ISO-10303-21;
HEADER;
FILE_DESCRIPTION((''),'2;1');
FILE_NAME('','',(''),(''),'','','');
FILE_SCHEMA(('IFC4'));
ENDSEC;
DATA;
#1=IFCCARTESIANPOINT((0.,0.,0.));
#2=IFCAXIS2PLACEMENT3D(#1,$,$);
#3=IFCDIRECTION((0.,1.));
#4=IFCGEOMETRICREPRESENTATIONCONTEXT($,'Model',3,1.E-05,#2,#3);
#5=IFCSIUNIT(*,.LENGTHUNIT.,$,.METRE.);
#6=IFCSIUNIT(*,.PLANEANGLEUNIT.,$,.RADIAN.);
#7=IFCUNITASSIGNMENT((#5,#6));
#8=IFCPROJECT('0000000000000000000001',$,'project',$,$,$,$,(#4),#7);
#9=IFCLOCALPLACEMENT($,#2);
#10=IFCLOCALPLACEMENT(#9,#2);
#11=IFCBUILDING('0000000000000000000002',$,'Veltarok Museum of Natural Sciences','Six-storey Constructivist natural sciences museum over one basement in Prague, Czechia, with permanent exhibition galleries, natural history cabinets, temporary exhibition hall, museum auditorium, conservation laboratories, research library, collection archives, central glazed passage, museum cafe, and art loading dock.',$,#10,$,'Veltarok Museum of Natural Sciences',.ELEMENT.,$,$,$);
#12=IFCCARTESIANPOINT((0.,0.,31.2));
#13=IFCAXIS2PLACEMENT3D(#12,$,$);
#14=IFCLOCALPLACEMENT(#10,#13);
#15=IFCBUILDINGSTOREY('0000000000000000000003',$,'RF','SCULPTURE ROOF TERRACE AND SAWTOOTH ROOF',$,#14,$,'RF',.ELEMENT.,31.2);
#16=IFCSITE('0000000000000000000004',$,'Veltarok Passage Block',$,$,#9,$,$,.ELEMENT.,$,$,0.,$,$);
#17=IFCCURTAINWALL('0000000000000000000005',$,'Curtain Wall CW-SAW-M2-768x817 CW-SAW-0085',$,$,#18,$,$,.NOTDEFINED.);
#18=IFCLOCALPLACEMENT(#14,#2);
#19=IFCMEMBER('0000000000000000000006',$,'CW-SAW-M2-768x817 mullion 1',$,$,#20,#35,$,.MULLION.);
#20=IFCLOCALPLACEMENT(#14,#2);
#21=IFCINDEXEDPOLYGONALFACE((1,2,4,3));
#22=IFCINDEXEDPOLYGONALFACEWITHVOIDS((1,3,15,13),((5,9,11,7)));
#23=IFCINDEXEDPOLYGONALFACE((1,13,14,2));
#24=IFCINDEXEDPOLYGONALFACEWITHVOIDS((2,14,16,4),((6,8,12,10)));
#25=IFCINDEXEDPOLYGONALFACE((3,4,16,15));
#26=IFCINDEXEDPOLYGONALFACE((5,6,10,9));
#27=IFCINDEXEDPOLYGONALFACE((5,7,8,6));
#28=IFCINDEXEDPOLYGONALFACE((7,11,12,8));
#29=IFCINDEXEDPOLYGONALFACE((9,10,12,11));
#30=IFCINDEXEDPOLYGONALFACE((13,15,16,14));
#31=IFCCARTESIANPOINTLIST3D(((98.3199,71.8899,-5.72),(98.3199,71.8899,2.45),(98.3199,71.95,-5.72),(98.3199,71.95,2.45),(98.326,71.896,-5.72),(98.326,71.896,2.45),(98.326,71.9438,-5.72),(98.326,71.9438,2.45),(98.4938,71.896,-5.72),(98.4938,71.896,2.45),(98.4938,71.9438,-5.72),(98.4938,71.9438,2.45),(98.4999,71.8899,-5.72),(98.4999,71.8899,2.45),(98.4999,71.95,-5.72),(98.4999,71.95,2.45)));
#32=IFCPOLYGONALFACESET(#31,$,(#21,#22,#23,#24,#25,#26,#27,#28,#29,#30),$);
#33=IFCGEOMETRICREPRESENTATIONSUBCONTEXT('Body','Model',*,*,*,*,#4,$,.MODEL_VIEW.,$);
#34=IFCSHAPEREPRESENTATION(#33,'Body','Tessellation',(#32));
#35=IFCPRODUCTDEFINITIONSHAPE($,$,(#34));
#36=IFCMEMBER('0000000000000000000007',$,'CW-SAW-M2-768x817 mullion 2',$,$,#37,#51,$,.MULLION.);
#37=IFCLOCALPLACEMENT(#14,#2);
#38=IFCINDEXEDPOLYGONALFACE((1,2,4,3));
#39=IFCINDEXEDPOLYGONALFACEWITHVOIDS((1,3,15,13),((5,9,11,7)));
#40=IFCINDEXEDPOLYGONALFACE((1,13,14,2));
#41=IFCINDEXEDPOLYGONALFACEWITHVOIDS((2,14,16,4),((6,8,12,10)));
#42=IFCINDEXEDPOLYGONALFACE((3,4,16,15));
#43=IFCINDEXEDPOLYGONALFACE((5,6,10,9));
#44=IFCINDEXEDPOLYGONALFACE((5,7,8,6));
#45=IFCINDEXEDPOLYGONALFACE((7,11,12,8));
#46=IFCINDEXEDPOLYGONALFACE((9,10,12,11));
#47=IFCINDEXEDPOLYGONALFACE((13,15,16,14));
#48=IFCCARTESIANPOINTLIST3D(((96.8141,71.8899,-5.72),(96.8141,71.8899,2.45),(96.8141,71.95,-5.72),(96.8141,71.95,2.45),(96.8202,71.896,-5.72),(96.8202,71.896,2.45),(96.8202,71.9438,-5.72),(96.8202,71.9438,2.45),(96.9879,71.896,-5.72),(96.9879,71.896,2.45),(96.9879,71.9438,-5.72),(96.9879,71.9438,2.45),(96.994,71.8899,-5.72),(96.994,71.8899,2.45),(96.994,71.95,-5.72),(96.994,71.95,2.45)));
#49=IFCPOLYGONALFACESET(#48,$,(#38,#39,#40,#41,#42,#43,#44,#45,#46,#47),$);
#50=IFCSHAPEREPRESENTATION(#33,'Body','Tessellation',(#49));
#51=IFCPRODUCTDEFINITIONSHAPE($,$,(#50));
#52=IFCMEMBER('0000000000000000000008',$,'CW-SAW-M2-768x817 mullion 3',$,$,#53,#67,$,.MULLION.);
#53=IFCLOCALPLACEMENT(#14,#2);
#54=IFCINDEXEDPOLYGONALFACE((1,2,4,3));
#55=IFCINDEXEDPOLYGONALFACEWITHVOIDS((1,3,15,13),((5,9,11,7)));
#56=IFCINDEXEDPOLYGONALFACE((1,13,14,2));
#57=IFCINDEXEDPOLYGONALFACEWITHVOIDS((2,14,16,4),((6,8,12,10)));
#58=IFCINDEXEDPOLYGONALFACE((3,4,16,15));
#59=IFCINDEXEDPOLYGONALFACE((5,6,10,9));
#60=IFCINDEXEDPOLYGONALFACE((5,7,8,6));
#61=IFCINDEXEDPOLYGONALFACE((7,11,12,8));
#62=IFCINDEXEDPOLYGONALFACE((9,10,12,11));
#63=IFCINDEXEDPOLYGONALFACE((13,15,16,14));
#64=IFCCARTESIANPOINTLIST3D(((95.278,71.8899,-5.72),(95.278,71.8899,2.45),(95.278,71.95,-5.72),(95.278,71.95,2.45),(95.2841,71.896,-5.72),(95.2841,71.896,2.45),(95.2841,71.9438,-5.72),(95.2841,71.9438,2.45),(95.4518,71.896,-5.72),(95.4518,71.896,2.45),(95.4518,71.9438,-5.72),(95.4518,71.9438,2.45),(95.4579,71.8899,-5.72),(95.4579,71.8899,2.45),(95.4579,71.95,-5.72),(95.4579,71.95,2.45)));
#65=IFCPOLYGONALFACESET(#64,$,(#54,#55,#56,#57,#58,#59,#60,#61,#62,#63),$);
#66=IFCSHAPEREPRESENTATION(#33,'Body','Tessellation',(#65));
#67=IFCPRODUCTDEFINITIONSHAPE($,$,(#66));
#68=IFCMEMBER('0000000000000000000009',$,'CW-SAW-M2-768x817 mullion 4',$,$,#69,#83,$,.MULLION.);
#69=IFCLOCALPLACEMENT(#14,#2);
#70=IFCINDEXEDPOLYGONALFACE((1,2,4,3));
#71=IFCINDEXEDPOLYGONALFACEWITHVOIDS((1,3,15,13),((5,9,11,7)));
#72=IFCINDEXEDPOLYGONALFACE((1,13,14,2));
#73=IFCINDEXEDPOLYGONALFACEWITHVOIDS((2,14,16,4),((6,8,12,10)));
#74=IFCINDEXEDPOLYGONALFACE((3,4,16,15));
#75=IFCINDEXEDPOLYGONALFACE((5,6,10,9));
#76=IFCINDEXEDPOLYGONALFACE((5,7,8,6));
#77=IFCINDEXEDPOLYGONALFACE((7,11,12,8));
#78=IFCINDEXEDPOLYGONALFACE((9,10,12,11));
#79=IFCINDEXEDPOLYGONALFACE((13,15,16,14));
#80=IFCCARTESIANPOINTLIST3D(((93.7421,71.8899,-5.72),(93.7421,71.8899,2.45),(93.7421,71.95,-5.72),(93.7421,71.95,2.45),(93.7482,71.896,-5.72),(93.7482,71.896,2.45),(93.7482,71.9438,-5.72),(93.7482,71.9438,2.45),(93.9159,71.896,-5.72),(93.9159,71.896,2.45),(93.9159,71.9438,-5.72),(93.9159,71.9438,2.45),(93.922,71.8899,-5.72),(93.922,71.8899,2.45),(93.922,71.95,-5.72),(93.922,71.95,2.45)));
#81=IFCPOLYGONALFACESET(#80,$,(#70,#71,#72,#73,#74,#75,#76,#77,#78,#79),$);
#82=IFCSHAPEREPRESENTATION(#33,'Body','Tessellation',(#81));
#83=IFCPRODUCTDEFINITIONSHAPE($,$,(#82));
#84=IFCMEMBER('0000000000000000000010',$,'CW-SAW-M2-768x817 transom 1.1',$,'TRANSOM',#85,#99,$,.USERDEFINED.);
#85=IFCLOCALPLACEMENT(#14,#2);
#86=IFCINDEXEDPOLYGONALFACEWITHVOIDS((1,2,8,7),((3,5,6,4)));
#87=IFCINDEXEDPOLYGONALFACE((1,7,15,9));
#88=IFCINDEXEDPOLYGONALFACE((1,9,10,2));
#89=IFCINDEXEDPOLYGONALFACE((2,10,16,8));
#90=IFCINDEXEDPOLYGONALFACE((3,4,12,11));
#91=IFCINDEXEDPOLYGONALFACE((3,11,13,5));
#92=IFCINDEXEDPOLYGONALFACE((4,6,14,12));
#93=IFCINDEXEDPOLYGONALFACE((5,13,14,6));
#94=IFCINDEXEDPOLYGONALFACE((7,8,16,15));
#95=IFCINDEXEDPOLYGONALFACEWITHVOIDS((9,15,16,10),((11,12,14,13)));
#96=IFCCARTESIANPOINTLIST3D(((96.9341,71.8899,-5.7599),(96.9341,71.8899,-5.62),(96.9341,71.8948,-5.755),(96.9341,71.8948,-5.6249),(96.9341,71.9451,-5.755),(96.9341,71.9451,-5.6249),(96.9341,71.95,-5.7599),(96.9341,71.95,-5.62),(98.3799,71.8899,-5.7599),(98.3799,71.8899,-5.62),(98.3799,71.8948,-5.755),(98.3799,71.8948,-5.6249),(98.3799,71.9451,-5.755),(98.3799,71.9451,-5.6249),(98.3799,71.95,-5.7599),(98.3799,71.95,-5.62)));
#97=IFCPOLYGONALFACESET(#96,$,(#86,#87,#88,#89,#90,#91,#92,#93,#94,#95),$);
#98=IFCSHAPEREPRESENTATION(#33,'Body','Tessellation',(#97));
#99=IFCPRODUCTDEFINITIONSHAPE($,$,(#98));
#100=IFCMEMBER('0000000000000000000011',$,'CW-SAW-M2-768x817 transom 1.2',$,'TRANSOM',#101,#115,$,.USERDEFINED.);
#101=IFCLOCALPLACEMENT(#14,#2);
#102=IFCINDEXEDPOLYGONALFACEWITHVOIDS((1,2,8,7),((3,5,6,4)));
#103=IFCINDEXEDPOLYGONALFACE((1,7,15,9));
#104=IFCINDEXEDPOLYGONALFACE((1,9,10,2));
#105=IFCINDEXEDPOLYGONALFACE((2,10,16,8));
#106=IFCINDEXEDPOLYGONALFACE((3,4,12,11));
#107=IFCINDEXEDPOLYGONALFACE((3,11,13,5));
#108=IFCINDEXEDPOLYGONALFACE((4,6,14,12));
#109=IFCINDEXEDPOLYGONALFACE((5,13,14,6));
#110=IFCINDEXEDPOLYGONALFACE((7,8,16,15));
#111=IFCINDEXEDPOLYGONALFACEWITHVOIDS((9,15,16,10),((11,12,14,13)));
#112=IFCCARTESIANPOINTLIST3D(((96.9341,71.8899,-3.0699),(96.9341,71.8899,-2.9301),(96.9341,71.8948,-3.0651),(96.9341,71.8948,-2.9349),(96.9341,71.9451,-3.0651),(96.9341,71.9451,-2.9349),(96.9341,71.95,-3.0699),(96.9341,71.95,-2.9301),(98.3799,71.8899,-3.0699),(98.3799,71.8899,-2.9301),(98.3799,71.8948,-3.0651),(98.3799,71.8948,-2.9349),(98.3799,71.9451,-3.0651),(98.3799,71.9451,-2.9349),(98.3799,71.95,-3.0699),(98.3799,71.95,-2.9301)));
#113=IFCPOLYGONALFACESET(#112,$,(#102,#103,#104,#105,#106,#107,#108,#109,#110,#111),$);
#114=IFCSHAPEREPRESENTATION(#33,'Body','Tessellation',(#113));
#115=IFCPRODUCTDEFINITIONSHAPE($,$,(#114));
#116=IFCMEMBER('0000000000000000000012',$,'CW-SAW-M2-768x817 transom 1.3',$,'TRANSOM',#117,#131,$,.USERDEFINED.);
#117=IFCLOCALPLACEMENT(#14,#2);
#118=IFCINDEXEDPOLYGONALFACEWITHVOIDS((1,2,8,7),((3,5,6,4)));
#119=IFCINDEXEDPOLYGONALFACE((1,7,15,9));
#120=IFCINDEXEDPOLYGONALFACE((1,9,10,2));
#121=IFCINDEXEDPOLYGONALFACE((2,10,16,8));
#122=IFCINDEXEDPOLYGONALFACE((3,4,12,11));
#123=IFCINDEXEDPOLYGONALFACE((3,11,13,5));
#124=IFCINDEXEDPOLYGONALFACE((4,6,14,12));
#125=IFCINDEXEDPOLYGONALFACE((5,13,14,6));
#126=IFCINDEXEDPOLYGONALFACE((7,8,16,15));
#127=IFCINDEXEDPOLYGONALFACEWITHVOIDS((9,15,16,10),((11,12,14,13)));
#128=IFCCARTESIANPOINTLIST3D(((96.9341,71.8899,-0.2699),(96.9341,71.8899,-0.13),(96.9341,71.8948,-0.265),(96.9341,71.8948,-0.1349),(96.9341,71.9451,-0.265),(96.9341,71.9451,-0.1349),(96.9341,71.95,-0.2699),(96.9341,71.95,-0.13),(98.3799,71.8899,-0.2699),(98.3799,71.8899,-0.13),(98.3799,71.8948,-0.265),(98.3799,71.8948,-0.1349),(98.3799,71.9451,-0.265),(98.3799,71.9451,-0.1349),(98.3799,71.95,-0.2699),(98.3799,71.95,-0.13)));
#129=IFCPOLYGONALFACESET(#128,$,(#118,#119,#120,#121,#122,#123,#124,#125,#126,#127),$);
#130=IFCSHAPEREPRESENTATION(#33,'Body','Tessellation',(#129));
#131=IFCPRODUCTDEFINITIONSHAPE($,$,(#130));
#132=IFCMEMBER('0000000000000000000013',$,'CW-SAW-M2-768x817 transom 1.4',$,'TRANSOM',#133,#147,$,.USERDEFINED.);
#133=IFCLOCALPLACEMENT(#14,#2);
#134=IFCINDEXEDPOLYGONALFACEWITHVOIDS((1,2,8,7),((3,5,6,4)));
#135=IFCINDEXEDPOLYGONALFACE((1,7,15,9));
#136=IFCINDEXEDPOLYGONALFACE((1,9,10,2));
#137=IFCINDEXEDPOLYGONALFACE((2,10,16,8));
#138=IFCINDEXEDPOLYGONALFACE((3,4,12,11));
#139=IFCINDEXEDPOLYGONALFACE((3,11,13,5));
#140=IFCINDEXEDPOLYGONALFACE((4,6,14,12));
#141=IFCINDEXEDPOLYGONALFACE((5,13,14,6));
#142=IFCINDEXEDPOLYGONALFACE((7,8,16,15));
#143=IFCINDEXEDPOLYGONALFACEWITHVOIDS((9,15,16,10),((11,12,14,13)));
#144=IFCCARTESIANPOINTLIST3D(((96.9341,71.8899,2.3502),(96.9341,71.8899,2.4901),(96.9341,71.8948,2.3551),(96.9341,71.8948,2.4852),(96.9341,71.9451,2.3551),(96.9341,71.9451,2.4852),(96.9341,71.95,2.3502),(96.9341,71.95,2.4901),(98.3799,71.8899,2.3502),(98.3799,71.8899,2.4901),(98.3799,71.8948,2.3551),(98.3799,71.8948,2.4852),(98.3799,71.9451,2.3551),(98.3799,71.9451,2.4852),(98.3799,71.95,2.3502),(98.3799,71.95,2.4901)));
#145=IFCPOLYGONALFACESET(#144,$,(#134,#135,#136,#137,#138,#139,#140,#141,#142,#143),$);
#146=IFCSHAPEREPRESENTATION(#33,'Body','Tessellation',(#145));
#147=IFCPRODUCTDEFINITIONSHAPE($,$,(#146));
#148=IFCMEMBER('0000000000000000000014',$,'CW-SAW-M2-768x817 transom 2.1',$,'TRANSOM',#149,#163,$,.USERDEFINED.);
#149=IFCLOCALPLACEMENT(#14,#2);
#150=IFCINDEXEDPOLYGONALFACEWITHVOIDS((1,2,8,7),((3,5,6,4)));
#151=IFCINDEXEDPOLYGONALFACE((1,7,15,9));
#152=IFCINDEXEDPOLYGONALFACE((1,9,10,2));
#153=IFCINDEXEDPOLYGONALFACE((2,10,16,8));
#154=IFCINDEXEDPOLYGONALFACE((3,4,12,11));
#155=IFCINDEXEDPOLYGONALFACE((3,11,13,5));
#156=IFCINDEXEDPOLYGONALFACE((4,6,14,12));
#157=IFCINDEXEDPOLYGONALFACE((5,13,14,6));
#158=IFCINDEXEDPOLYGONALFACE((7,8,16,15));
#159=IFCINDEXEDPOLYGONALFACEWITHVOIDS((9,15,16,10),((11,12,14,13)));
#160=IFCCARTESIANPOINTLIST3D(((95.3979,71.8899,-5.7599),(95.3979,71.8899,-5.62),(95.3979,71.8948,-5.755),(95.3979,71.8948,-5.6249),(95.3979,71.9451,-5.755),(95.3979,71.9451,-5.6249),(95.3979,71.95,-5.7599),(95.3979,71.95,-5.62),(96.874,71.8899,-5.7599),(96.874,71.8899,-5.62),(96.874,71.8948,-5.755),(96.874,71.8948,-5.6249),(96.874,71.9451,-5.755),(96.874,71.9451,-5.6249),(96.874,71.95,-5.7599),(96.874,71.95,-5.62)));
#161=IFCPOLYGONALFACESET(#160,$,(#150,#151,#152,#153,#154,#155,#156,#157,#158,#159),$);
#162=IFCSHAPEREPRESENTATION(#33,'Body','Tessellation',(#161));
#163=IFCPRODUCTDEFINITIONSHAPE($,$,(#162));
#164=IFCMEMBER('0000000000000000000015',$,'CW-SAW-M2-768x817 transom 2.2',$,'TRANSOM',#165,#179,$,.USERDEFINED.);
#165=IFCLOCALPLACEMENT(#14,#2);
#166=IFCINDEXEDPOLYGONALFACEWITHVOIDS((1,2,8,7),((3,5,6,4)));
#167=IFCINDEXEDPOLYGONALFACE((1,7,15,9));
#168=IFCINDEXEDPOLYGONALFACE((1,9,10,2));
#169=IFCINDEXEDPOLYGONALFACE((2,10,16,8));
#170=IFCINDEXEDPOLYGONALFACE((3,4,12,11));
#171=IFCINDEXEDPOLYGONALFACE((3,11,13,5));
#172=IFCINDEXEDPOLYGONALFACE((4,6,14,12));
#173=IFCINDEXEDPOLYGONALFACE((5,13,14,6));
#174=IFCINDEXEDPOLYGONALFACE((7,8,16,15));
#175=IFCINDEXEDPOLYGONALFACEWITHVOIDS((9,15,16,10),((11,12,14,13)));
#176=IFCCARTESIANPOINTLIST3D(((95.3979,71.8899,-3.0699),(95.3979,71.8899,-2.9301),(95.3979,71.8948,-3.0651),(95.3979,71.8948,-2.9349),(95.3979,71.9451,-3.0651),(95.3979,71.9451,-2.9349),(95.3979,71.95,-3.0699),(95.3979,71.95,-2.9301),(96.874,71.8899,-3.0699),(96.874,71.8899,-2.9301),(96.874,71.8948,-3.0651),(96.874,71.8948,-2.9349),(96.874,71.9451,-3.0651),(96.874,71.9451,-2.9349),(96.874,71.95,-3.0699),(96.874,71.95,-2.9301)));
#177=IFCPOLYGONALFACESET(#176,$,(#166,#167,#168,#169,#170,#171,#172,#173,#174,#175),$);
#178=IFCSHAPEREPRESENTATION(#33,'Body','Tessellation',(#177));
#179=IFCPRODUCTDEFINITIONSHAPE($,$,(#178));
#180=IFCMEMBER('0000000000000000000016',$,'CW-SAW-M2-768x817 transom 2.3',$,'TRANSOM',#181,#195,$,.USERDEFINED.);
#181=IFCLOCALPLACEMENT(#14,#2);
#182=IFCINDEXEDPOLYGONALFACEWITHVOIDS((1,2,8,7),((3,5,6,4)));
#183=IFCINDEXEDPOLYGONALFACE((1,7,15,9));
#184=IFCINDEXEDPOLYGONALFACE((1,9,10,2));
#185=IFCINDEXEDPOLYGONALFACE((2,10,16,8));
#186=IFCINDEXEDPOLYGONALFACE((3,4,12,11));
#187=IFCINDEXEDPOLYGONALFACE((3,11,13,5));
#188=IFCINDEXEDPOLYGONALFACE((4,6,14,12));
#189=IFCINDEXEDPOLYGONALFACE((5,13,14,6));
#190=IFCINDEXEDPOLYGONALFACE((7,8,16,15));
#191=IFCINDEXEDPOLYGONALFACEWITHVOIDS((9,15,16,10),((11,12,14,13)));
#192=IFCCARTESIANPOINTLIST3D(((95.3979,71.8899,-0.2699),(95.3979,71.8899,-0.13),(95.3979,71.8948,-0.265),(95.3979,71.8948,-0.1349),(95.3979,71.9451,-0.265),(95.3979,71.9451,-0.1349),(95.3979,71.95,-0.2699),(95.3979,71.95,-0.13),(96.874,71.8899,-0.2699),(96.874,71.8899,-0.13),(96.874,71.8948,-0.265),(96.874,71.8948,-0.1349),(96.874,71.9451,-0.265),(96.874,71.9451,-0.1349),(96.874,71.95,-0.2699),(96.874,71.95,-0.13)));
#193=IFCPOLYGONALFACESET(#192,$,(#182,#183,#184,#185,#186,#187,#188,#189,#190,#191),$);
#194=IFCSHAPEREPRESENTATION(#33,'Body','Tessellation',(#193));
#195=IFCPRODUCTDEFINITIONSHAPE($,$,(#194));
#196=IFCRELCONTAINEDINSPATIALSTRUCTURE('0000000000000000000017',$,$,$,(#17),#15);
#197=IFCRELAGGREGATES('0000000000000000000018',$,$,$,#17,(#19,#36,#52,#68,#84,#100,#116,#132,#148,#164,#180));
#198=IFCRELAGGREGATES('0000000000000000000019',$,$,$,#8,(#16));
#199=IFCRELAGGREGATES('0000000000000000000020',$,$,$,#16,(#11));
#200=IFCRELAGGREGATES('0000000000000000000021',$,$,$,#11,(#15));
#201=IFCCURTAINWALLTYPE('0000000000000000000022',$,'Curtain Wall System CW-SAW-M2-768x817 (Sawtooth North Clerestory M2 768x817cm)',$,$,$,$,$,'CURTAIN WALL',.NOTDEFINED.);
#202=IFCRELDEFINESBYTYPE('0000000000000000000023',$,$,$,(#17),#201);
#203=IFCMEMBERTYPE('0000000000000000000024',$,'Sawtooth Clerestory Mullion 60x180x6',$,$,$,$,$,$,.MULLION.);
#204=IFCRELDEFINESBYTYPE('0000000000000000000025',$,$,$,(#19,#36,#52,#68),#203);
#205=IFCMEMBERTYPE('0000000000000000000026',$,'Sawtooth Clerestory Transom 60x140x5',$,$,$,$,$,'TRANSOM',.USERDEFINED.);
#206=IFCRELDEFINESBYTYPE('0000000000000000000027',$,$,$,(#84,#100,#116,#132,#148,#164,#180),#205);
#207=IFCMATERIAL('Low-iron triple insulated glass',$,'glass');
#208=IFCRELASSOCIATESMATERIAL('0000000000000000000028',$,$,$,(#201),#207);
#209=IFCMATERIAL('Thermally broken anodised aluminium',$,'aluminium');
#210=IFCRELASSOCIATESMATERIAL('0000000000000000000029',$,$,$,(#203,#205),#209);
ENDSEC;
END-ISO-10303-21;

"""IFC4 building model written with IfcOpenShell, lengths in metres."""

from ifc_helpers import new_model, si_unit, direction, frame, origin, origin_2d, place, context, subcontext, project, spatial, hollow_rectangle, extrude, material, material_profile, profile_set, type_object, element, aggregate, save


model = new_model("IFC4")

# Units and contexts
model_context = context("Model", 3, precision=1e-05, world=origin(), true_north=direction((0.0, 1.0)))
body_context = subcontext(model_context, "Body", "Model", "MODEL_VIEW")
ifc_project = project(units=[si_unit("LENGTHUNIT", "METRE"), si_unit("PLANEANGLEUNIT", "RADIAN")], contexts=[model_context])

# Site, building, storey
site_placement = place(None, origin())
site = spatial("IfcSite", under=ifc_project, at=site_placement, Name="Veltarok Passage Block", CompositionType="ELEMENT", RefElevation=0.0)
building_placement = place(site_placement, origin())
building = spatial("IfcBuilding", under=site, at=building_placement, Name="Veltarok Museum of Natural Sciences", Description="Six-storey Constructivist natural sciences museum over one basement in Prague, Czechia, with permanent exhibition galleries, natural history cabinets, temporary exhibition hall, museum auditorium, conservation laboratories, research library, collection archives, central glazed passage, museum cafe, and art loading dock.", LongName="Veltarok Museum of Natural Sciences", CompositionType="ELEMENT")
storey_placement = place(building_placement, frame((0.0, 0.0, 31.2)))
storey = spatial("IfcBuildingStorey", under=building, at=storey_placement, Name="RF", Description="SCULPTURE ROOF TERRACE AND SAWTOOTH ROOF", LongName="RF", CompositionType="ELEMENT", Elevation=31.2)

# Curtain wall, members
ifc_material_1 = material(Name="Low-iron triple insulated glass", Category="glass")
curtain_wall_type = type_object("IfcCurtainWallType", Name="Curtain Wall System CW-SAW-M2-768x817 (Sawtooth North Clerestory M2 768x817cm)", ElementType="CURTAIN WALL", PredefinedType="NOTDEFINED", material=ifc_material_1)
curtain_wall_placement = place(storey_placement, origin())
curtain_wall = element("IfcCurtainWall", 1, at=curtain_wall_placement, inside=storey, type_object=curtain_wall_type, Name="Curtain Wall CW-SAW-M2-768x817 CW-SAW-0085", PredefinedType="NOTDEFINED")
ifc_material_2 = material(Name="Thermally broken anodised aluminium", Category="aluminium")
ifc_material_profile_1 = material_profile(ifc_material_2, hollow_rectangle(XDim=0.0601, YDim=0.1799, WallThickness=0.0061, at=origin_2d()), Name="CW MULLION 60x180x6")
ifc_profile_set_1 = profile_set([ifc_material_profile_1], Name="Thermally broken anodised aluminium")
member_type_1 = type_object("IfcMemberType", Name="Sawtooth Clerestory Mullion 60x180x6", PredefinedType="MULLION", material=ifc_profile_set_1)
member_1_placement = place(storey_placement, frame((98.4099, 71.9199, -5.72), z_axis=(0.0, 0.0, 1.0), x_axis=(0.0, -1.0, 0.0)))
member_1 = element("IfcMember", 2, at=member_1_placement, type_object=member_type_1, Name="CW-SAW-M2-768x817 mullion 1", PredefinedType="MULLION", context=body_context, shape_type="SweptSolid", body=[
    extrude(hollow_rectangle(XDim=0.0601, YDim=0.1799, WallThickness=0.0061, at=origin_2d()), origin(), (0.0, 0.0, 1.0), 8.1699),
])
member_2_placement = place(storey_placement, frame((96.9041, 71.9199, -5.72), z_axis=(0.0, 0.0, 1.0), x_axis=(0.0, -1.0, 0.0)))
member_2 = element("IfcMember", 3, at=member_2_placement, type_object=member_type_1, Name="CW-SAW-M2-768x817 mullion 2", PredefinedType="MULLION", context=body_context, shape_type="SweptSolid", body=[
    extrude(hollow_rectangle(XDim=0.0601, YDim=0.1799, WallThickness=0.0061, at=origin_2d()), origin(), (0.0, 0.0, 1.0), 8.1699),
])
member_3_placement = place(storey_placement, frame((95.3679, 71.9199, -5.72), z_axis=(0.0, 0.0, 1.0), x_axis=(0.0, -1.0, 0.0)))
member_3 = element("IfcMember", 4, at=member_3_placement, type_object=member_type_1, Name="CW-SAW-M2-768x817 mullion 3", PredefinedType="MULLION", context=body_context, shape_type="SweptSolid", body=[
    extrude(hollow_rectangle(XDim=0.0601, YDim=0.1799, WallThickness=0.0061, at=origin_2d()), origin(), (0.0, 0.0, 1.0), 8.1699),
])
member_4_placement = place(storey_placement, frame((93.832, 71.9199, -5.72), z_axis=(0.0, 0.0, 1.0), x_axis=(0.0, -1.0, 0.0)))
member_4 = element("IfcMember", 5, at=member_4_placement, type_object=member_type_1, Name="CW-SAW-M2-768x817 mullion 4", PredefinedType="MULLION", context=body_context, shape_type="SweptSolid", body=[
    extrude(hollow_rectangle(XDim=0.0601, YDim=0.1799, WallThickness=0.0061, at=origin_2d()), origin(), (0.0, 0.0, 1.0), 8.1699),
])
ifc_material_profile_2 = material_profile(ifc_material_2, hollow_rectangle(XDim=0.0601, YDim=0.1399, WallThickness=0.0049, at=origin_2d()), Name="CW TRANSOM 60x140x5")
ifc_profile_set_2 = profile_set([ifc_material_profile_2], Name="Thermally broken anodised aluminium")
member_type_2 = type_object("IfcMemberType", Name="Sawtooth Clerestory Transom 60x140x5", ElementType="TRANSOM", PredefinedType="USERDEFINED", material=ifc_profile_set_2)
member_5_placement = place(storey_placement, frame((98.3799, 71.9199, -5.6899), z_axis=(-1.0, 0.0, 0.0), x_axis=(0.0, -1.0, 0.0)))
member_5 = element("IfcMember", 6, at=member_5_placement, type_object=member_type_2, Name="CW-SAW-M2-768x817 transom 1.1", ObjectType="TRANSOM", PredefinedType="USERDEFINED", context=body_context, shape_type="SweptSolid", body=[
    extrude(hollow_rectangle(XDim=0.0601, YDim=0.1399, WallThickness=0.0049, at=origin_2d()), origin(), (0.0, 0.0, 1.0), 1.4458),
])
member_6_placement = place(storey_placement, frame((98.3799, 71.9199, -3.0), z_axis=(-1.0, 0.0, 0.0), x_axis=(0.0, -1.0, 0.0)))
member_6 = element("IfcMember", 7, at=member_6_placement, type_object=member_type_2, Name="CW-SAW-M2-768x817 transom 1.2", ObjectType="TRANSOM", PredefinedType="USERDEFINED", context=body_context, shape_type="SweptSolid", body=[
    extrude(hollow_rectangle(XDim=0.0601, YDim=0.1399, WallThickness=0.0049, at=origin_2d()), origin(), (0.0, 0.0, 1.0), 1.4458),
])
member_7_placement = place(storey_placement, frame((98.3799, 71.9199, -0.2), z_axis=(-1.0, 0.0, 0.0), x_axis=(0.0, -1.0, 0.0)))
member_7 = element("IfcMember", 8, at=member_7_placement, type_object=member_type_2, Name="CW-SAW-M2-768x817 transom 1.3", ObjectType="TRANSOM", PredefinedType="USERDEFINED", context=body_context, shape_type="SweptSolid", body=[
    extrude(hollow_rectangle(XDim=0.0601, YDim=0.1399, WallThickness=0.0049, at=origin_2d()), origin(), (0.0, 0.0, 1.0), 1.4458),
])
member_8_placement = place(storey_placement, frame((98.3799, 71.9199, 2.4202), z_axis=(-1.0, 0.0, 0.0), x_axis=(0.0, -1.0, 0.0)))
member_8 = element("IfcMember", 9, at=member_8_placement, type_object=member_type_2, Name="CW-SAW-M2-768x817 transom 1.4", ObjectType="TRANSOM", PredefinedType="USERDEFINED", context=body_context, shape_type="SweptSolid", body=[
    extrude(hollow_rectangle(XDim=0.0601, YDim=0.1399, WallThickness=0.0049, at=origin_2d()), origin(), (0.0, 0.0, 1.0), 1.4458),
])
member_9_placement = place(storey_placement, frame((96.874, 71.9199, -5.6899), z_axis=(-1.0, 0.0, 0.0), x_axis=(0.0, -1.0, 0.0)))
member_9 = element("IfcMember", 10, at=member_9_placement, type_object=member_type_2, Name="CW-SAW-M2-768x817 transom 2.1", ObjectType="TRANSOM", PredefinedType="USERDEFINED", context=body_context, shape_type="SweptSolid", body=[
    extrude(hollow_rectangle(XDim=0.0601, YDim=0.1399, WallThickness=0.0049, at=origin_2d()), origin(), (0.0, 0.0, 1.0), 1.4761),
])
member_10_placement = place(storey_placement, frame((96.874, 71.9199, -3.0), z_axis=(-1.0, 0.0, 0.0), x_axis=(0.0, -1.0, 0.0)))
member_10 = element("IfcMember", 11, at=member_10_placement, type_object=member_type_2, Name="CW-SAW-M2-768x817 transom 2.2", ObjectType="TRANSOM", PredefinedType="USERDEFINED", context=body_context, shape_type="SweptSolid", body=[
    extrude(hollow_rectangle(XDim=0.0601, YDim=0.1399, WallThickness=0.0049, at=origin_2d()), origin(), (0.0, 0.0, 1.0), 1.4761),
])
member_11_placement = place(storey_placement, frame((96.874, 71.9199, -0.2), z_axis=(-1.0, 0.0, 0.0), x_axis=(0.0, -1.0, 0.0)))
member_11 = element("IfcMember", 12, at=member_11_placement, type_object=member_type_2, Name="CW-SAW-M2-768x817 transom 2.3", ObjectType="TRANSOM", PredefinedType="USERDEFINED", context=body_context, shape_type="SweptSolid", body=[
    extrude(hollow_rectangle(XDim=0.0601, YDim=0.1399, WallThickness=0.0049, at=origin_2d()), origin(), (0.0, 0.0, 1.0), 1.4761),
])

aggregate(curtain_wall, [member_1, member_2, member_3, member_4, member_5, member_6, member_7, member_8, member_9, member_10, member_11])

save(model, "model.ifc")
